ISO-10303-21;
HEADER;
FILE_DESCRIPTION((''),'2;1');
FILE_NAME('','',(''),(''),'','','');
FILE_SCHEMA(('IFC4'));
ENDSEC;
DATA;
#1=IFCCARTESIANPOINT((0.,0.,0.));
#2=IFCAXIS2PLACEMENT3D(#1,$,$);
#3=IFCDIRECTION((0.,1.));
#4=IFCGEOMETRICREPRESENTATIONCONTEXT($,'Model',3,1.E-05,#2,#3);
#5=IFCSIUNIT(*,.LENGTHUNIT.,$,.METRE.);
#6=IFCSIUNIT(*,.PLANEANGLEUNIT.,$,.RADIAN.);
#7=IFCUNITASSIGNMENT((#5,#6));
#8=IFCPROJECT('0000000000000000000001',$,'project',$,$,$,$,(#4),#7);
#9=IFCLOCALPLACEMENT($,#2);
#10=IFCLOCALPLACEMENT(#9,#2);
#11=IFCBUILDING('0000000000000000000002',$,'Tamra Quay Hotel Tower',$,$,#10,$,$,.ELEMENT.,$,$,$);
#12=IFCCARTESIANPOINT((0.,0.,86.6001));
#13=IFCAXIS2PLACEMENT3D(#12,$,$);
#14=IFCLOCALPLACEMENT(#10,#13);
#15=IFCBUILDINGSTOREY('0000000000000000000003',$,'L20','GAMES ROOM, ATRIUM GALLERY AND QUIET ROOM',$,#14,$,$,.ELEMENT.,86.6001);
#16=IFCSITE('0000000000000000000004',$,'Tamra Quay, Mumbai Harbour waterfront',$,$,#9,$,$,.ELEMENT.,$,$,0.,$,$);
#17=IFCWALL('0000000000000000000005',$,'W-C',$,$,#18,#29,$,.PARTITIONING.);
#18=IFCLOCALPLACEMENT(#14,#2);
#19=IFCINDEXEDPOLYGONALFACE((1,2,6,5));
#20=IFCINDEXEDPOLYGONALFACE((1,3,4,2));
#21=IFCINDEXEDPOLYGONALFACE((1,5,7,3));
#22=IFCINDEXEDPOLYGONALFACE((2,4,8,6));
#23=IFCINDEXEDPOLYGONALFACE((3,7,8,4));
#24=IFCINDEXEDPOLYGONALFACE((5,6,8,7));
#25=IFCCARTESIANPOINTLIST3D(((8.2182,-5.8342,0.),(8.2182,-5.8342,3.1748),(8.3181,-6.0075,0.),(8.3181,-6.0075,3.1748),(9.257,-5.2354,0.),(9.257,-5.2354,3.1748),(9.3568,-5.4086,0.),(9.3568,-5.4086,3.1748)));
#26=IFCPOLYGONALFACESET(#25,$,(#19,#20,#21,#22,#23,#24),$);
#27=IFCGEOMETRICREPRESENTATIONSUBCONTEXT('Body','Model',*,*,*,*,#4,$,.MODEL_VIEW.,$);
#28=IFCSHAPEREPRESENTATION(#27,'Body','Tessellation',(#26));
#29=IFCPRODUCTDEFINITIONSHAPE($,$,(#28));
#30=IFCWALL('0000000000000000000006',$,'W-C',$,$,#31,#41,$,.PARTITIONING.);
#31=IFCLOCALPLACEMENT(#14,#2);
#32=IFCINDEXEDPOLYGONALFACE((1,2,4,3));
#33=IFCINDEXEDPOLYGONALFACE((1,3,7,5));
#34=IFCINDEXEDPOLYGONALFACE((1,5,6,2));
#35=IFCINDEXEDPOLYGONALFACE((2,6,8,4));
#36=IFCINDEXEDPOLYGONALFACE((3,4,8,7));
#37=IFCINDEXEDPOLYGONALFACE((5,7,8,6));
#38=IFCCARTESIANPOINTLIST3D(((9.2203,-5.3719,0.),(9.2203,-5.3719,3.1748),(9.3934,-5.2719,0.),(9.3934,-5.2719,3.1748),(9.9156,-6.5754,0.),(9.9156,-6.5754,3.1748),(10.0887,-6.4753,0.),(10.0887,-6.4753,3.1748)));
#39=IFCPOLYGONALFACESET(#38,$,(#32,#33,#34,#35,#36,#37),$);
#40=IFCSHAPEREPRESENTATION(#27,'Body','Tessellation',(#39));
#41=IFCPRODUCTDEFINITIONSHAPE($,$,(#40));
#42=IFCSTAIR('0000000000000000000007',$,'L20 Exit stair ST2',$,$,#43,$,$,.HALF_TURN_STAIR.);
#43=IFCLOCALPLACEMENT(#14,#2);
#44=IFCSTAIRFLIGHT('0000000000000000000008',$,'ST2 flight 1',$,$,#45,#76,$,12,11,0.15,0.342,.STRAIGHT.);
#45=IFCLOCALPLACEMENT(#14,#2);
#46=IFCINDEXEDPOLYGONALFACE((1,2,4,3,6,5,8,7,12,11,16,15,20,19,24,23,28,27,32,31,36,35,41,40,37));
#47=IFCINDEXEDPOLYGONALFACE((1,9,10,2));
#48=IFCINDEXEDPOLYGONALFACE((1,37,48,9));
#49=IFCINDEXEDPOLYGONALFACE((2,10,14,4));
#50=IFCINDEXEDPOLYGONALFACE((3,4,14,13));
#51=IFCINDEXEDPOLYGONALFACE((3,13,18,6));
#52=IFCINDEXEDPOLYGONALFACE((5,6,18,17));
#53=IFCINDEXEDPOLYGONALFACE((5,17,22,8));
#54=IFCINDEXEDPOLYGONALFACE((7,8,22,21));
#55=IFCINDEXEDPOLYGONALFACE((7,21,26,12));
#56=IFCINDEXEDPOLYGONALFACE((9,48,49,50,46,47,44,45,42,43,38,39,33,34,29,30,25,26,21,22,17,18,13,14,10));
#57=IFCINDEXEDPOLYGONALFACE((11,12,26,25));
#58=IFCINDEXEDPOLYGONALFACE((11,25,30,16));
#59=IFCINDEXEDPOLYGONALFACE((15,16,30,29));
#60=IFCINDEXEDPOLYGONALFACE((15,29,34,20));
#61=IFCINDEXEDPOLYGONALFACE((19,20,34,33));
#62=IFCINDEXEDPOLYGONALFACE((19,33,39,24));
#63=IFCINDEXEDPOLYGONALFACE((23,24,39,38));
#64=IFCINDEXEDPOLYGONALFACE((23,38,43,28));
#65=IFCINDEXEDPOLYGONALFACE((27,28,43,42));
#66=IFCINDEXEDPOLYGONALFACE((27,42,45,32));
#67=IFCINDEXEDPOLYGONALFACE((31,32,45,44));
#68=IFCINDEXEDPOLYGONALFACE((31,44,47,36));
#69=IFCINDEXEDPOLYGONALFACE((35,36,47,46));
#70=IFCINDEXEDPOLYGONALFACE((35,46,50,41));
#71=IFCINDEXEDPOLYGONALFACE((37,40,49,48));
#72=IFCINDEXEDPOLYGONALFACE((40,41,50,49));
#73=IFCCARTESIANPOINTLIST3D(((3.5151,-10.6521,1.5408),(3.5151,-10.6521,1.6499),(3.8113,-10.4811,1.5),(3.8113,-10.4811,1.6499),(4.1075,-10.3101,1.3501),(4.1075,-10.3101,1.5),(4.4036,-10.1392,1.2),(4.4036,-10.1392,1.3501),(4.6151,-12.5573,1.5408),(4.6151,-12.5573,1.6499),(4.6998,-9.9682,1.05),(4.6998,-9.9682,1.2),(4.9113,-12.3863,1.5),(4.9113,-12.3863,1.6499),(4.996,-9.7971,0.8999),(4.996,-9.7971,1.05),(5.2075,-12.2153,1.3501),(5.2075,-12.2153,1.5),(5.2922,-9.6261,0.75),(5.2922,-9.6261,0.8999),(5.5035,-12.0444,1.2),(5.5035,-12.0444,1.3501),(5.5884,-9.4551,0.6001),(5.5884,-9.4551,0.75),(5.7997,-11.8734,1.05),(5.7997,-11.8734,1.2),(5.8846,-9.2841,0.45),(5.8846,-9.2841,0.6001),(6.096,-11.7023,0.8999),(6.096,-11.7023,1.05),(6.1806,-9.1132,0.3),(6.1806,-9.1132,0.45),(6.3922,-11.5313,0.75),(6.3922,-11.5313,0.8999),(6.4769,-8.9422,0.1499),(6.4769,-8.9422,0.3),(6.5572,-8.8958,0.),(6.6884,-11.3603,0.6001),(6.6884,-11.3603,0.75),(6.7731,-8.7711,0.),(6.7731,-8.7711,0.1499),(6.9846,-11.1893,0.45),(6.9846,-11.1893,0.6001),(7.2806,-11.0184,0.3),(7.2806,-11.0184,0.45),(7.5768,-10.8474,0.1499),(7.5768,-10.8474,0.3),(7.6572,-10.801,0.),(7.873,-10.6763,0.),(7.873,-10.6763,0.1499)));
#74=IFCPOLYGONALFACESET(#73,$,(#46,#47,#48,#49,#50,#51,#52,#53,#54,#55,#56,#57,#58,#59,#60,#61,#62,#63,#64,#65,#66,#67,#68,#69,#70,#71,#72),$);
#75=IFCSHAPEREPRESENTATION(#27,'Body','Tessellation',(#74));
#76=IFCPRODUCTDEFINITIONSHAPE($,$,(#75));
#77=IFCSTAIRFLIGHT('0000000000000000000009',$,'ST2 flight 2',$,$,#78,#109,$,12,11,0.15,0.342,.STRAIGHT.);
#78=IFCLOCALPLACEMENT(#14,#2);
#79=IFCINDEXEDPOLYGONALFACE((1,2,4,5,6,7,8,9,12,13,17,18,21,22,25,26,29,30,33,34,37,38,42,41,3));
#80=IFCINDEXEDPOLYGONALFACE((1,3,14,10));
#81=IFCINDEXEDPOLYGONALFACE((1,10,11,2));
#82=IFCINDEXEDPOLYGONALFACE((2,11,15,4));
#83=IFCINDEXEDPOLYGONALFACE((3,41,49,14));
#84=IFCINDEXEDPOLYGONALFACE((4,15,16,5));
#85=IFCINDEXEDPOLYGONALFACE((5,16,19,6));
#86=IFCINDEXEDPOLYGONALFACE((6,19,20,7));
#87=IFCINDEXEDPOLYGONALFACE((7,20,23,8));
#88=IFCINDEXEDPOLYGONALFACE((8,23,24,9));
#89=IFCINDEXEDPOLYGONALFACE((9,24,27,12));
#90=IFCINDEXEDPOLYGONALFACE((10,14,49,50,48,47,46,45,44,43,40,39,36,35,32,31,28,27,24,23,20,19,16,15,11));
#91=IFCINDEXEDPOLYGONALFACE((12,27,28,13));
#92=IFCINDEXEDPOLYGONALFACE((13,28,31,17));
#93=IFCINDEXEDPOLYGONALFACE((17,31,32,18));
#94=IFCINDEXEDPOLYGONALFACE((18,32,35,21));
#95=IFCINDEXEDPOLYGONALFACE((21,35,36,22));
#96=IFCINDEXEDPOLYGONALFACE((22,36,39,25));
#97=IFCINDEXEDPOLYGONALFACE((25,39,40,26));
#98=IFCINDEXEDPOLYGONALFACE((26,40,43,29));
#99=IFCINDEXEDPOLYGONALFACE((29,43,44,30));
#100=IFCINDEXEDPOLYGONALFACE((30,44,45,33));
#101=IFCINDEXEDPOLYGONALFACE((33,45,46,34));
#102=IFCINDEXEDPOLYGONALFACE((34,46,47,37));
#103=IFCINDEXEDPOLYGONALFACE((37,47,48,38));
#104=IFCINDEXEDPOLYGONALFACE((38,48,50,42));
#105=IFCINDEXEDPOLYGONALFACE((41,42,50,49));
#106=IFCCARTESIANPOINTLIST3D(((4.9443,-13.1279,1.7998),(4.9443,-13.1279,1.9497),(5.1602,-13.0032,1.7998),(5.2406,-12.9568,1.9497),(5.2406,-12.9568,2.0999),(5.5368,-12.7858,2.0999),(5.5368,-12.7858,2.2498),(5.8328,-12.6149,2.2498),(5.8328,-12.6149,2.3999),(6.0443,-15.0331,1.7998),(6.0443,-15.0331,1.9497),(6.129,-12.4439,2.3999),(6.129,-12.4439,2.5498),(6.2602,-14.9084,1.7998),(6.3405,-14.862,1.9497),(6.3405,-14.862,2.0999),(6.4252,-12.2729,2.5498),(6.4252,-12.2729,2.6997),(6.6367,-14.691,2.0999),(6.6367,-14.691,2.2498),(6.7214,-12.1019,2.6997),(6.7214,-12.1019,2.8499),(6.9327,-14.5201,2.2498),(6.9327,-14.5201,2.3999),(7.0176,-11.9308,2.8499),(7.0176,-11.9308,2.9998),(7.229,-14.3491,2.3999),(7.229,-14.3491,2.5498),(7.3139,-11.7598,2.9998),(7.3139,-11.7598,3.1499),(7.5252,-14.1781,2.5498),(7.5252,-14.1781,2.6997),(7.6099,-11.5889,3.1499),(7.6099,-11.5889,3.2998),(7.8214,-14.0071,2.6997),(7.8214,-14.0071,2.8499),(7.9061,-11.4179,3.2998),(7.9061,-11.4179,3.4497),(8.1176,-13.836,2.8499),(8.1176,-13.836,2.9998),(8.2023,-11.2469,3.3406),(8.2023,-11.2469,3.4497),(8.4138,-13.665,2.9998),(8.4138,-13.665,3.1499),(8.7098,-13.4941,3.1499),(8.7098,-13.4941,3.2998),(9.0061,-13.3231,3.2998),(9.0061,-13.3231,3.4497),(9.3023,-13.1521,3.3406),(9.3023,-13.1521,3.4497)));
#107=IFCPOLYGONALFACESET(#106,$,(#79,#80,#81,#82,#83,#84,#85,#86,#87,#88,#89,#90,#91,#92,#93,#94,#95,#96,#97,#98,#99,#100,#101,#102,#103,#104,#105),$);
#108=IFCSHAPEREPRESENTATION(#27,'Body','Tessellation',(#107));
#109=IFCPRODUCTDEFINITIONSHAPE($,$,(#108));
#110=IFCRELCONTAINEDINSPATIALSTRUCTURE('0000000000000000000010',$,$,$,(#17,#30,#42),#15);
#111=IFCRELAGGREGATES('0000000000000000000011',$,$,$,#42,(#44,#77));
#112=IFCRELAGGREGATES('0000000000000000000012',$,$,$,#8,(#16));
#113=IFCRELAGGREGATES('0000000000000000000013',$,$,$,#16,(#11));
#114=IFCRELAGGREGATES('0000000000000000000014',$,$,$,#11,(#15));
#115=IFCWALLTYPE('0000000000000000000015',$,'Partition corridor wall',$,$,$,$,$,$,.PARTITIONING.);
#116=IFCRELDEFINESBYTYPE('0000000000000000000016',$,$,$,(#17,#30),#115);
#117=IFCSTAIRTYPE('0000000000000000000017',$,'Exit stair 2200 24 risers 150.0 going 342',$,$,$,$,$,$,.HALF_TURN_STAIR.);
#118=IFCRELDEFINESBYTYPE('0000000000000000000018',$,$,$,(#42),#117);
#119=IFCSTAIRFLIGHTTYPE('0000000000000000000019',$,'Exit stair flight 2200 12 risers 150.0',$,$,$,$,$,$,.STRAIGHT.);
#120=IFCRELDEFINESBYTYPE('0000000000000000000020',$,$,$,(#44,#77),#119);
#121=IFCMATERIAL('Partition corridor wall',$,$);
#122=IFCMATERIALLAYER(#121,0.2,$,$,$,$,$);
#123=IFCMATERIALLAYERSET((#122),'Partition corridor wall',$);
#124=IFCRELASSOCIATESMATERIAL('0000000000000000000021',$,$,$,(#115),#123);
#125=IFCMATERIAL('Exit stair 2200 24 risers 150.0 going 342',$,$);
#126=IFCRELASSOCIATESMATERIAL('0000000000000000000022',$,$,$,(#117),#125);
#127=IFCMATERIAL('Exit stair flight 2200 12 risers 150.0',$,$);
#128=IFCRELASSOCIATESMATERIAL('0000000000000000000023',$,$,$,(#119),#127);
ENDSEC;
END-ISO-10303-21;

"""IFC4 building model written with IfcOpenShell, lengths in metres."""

from ifc_helpers import new_model, si_unit, direction, frame, frame_2d, origin, place, context, subcontext, project, spatial, polyline, rectangle, outline, extrude, material, layer, layer_set, type_object, element, aggregate, save


model = new_model("IFC4")

# Units and contexts
model_context = context("Model", 3, precision=1e-05, world=origin(), true_north=direction((0.0, 1.0)))
body_context = subcontext(model_context, "Body", "Model", "MODEL_VIEW")
ifc_project = project(units=[si_unit("LENGTHUNIT", "METRE"), si_unit("PLANEANGLEUNIT", "RADIAN")], contexts=[model_context])

# Site, building, storey
site_placement = place(None, origin())
site = spatial("IfcSite", under=ifc_project, at=site_placement, Name="Tamra Quay, Mumbai Harbour waterfront", CompositionType="ELEMENT", RefElevation=0.0)
building_placement = place(site_placement, origin())
building = spatial("IfcBuilding", under=site, at=building_placement, Name="Tamra Quay Hotel Tower", CompositionType="ELEMENT")
storey_placement = place(building_placement, frame((0.0, 0.0, 86.6001)))
storey = spatial("IfcBuildingStorey", under=building, at=storey_placement, Name="L20", Description="GAMES ROOM, ATRIUM GALLERY AND QUIET ROOM", CompositionType="ELEMENT", Elevation=86.6001)

# Shared definitions
ifc_material_1 = material(Name="Partition corridor wall")
ifc_layer_1 = layer(ifc_material_1, 0.2)
ifc_layer_set_1 = layer_set([ifc_layer_1], Name="Partition corridor wall")
wall_type_1 = type_object("IfcWallType", Name="Partition corridor wall", PredefinedType="PARTITIONING", material=ifc_layer_set_1)

# Walls
wall_1_placement = place(storey_placement, frame((8.2681, -5.9209, 0.0), z_axis=(0.0, 0.0, 1.0), x_axis=(0.866345, 0.499446, 0.0)))
element("IfcWall", 1, at=wall_1_placement, inside=storey, type_object=wall_type_1, Name="W-C", PredefinedType="PARTITIONING", context=body_context, shape_type="SweptSolid", body=[
    extrude(rectangle(XDim=1.199, YDim=0.2, at=frame_2d((0.5996, 0.0))), origin(), (0.0, 0.0, 1.0), 3.1748),
])
wall_2_placement = place(storey_placement, frame((9.3069, -5.322, 0.0), z_axis=(0.0, 0.0, 1.0), x_axis=(0.500295, -0.865855, 0.0)))
element("IfcWall", 2, at=wall_2_placement, inside=storey, type_object=wall_type_1, Name="W-C", PredefinedType="PARTITIONING", context=body_context, shape_type="SweptSolid", body=[
    extrude(rectangle(XDim=1.3899, YDim=0.2, at=frame_2d((0.6948, 0.0))), origin(), (0.0, 0.0, 1.0), 3.1748),
])

# Stair, stair flights
ifc_material_2 = material(Name="Exit stair 2200 24 risers 150.0 going 342")
stair_type = type_object("IfcStairType", Name="Exit stair 2200 24 risers 150.0 going 342", PredefinedType="HALF_TURN_STAIR", material=ifc_material_2)
stair_placement = place(storey_placement, origin())
stair = element("IfcStair", 3, at=stair_placement, inside=storey, type_object=stair_type, Name="L20 Exit stair ST2", PredefinedType="HALF_TURN_STAIR")
ifc_material_3 = material(Name="Exit stair flight 2200 12 risers 150.0")
stair_flight_type = type_object("IfcStairFlightType", Name="Exit stair flight 2200 12 risers 150.0", PredefinedType="STRAIGHT", material=ifc_material_3)
stair_flight_1_placement = place(storey_placement, frame((7.323, -9.7236, 0.0), z_axis=(0.0, 0.0, 1.0), x_axis=(-0.866025, -0.5, 0.0)))
stair_flight_1 = element("IfcStairFlight", 4, at=stair_flight_1_placement, type_object=stair_flight_type, Name="ST2 flight 1", NumberOfRisers=12, NumberOfTreads=11, PredefinedType="STRAIGHT", RiserHeight=0.15, TreadLength=0.342, context=body_context, shape_type="SweptSolid", body=[
    extrude(outline(polyline([(0.0, 0.0), (0.0, 0.1499), (0.342, 0.1499), (0.342, 0.3), (0.6841, 0.3), (0.6841, 0.45), (1.0259, 0.45), (1.0259, 0.6001), (1.3679, 0.6001), (1.3679, 0.75), (1.71, 0.75), (1.71, 0.8999), (2.052, 0.8999), (2.052, 1.05), (2.394, 1.05), (2.394, 1.2), (2.7361, 1.2), (2.7361, 1.3501), (3.0779, 1.3501), (3.0779, 1.5), (3.4199, 1.5), (3.4199, 1.6499), (3.762, 1.6499), (3.762, 1.8), (3.762, 1.5408), (0.2493, 0.0), (0.0, 0.0)])), frame((0.0, 1.1001, 0.0), z_axis=(0.0, -1.0, 0.0), x_axis=(1.0, 0.0, 0.0)), (0.0, 0.0, 1.0), 2.2),
])
stair_flight_2_placement = place(storey_placement, frame((5.4944, -14.0806, 1.7998), z_axis=(0.0, 0.0, 1.0), x_axis=(0.866025, 0.5, 0.0)))
stair_flight_2 = element("IfcStairFlight", 5, at=stair_flight_2_placement, type_object=stair_flight_type, Name="ST2 flight 2", NumberOfRisers=12, NumberOfTreads=11, PredefinedType="STRAIGHT", RiserHeight=0.15, TreadLength=0.342, context=body_context, shape_type="SweptSolid", body=[
    extrude(outline(polyline([(0.0, 0.0), (0.0, 0.1499), (0.342, 0.1499), (0.342, 0.3), (0.6841, 0.3), (0.6841, 0.45), (1.0259, 0.45), (1.0259, 0.6001), (1.3679, 0.6001), (1.3679, 0.75), (1.71, 0.75), (1.71, 0.8999), (2.052, 0.8999), (2.052, 1.05), (2.394, 1.05), (2.394, 1.2), (2.7361, 1.2), (2.7361, 1.3501), (3.0779, 1.3501), (3.0779, 1.5), (3.4199, 1.5), (3.4199, 1.6499), (3.762, 1.6499), (3.762, 1.8), (3.762, 1.5408), (0.2493, 0.0), (0.0, 0.0)])), frame((0.0, 1.1001, 0.0), z_axis=(0.0, -1.0, 0.0), x_axis=(1.0, 0.0, 0.0)), (0.0, 0.0, 1.0), 2.2),
])
aggregate(stair, [stair_flight_1, stair_flight_2])

save(model, "model.ifc")
